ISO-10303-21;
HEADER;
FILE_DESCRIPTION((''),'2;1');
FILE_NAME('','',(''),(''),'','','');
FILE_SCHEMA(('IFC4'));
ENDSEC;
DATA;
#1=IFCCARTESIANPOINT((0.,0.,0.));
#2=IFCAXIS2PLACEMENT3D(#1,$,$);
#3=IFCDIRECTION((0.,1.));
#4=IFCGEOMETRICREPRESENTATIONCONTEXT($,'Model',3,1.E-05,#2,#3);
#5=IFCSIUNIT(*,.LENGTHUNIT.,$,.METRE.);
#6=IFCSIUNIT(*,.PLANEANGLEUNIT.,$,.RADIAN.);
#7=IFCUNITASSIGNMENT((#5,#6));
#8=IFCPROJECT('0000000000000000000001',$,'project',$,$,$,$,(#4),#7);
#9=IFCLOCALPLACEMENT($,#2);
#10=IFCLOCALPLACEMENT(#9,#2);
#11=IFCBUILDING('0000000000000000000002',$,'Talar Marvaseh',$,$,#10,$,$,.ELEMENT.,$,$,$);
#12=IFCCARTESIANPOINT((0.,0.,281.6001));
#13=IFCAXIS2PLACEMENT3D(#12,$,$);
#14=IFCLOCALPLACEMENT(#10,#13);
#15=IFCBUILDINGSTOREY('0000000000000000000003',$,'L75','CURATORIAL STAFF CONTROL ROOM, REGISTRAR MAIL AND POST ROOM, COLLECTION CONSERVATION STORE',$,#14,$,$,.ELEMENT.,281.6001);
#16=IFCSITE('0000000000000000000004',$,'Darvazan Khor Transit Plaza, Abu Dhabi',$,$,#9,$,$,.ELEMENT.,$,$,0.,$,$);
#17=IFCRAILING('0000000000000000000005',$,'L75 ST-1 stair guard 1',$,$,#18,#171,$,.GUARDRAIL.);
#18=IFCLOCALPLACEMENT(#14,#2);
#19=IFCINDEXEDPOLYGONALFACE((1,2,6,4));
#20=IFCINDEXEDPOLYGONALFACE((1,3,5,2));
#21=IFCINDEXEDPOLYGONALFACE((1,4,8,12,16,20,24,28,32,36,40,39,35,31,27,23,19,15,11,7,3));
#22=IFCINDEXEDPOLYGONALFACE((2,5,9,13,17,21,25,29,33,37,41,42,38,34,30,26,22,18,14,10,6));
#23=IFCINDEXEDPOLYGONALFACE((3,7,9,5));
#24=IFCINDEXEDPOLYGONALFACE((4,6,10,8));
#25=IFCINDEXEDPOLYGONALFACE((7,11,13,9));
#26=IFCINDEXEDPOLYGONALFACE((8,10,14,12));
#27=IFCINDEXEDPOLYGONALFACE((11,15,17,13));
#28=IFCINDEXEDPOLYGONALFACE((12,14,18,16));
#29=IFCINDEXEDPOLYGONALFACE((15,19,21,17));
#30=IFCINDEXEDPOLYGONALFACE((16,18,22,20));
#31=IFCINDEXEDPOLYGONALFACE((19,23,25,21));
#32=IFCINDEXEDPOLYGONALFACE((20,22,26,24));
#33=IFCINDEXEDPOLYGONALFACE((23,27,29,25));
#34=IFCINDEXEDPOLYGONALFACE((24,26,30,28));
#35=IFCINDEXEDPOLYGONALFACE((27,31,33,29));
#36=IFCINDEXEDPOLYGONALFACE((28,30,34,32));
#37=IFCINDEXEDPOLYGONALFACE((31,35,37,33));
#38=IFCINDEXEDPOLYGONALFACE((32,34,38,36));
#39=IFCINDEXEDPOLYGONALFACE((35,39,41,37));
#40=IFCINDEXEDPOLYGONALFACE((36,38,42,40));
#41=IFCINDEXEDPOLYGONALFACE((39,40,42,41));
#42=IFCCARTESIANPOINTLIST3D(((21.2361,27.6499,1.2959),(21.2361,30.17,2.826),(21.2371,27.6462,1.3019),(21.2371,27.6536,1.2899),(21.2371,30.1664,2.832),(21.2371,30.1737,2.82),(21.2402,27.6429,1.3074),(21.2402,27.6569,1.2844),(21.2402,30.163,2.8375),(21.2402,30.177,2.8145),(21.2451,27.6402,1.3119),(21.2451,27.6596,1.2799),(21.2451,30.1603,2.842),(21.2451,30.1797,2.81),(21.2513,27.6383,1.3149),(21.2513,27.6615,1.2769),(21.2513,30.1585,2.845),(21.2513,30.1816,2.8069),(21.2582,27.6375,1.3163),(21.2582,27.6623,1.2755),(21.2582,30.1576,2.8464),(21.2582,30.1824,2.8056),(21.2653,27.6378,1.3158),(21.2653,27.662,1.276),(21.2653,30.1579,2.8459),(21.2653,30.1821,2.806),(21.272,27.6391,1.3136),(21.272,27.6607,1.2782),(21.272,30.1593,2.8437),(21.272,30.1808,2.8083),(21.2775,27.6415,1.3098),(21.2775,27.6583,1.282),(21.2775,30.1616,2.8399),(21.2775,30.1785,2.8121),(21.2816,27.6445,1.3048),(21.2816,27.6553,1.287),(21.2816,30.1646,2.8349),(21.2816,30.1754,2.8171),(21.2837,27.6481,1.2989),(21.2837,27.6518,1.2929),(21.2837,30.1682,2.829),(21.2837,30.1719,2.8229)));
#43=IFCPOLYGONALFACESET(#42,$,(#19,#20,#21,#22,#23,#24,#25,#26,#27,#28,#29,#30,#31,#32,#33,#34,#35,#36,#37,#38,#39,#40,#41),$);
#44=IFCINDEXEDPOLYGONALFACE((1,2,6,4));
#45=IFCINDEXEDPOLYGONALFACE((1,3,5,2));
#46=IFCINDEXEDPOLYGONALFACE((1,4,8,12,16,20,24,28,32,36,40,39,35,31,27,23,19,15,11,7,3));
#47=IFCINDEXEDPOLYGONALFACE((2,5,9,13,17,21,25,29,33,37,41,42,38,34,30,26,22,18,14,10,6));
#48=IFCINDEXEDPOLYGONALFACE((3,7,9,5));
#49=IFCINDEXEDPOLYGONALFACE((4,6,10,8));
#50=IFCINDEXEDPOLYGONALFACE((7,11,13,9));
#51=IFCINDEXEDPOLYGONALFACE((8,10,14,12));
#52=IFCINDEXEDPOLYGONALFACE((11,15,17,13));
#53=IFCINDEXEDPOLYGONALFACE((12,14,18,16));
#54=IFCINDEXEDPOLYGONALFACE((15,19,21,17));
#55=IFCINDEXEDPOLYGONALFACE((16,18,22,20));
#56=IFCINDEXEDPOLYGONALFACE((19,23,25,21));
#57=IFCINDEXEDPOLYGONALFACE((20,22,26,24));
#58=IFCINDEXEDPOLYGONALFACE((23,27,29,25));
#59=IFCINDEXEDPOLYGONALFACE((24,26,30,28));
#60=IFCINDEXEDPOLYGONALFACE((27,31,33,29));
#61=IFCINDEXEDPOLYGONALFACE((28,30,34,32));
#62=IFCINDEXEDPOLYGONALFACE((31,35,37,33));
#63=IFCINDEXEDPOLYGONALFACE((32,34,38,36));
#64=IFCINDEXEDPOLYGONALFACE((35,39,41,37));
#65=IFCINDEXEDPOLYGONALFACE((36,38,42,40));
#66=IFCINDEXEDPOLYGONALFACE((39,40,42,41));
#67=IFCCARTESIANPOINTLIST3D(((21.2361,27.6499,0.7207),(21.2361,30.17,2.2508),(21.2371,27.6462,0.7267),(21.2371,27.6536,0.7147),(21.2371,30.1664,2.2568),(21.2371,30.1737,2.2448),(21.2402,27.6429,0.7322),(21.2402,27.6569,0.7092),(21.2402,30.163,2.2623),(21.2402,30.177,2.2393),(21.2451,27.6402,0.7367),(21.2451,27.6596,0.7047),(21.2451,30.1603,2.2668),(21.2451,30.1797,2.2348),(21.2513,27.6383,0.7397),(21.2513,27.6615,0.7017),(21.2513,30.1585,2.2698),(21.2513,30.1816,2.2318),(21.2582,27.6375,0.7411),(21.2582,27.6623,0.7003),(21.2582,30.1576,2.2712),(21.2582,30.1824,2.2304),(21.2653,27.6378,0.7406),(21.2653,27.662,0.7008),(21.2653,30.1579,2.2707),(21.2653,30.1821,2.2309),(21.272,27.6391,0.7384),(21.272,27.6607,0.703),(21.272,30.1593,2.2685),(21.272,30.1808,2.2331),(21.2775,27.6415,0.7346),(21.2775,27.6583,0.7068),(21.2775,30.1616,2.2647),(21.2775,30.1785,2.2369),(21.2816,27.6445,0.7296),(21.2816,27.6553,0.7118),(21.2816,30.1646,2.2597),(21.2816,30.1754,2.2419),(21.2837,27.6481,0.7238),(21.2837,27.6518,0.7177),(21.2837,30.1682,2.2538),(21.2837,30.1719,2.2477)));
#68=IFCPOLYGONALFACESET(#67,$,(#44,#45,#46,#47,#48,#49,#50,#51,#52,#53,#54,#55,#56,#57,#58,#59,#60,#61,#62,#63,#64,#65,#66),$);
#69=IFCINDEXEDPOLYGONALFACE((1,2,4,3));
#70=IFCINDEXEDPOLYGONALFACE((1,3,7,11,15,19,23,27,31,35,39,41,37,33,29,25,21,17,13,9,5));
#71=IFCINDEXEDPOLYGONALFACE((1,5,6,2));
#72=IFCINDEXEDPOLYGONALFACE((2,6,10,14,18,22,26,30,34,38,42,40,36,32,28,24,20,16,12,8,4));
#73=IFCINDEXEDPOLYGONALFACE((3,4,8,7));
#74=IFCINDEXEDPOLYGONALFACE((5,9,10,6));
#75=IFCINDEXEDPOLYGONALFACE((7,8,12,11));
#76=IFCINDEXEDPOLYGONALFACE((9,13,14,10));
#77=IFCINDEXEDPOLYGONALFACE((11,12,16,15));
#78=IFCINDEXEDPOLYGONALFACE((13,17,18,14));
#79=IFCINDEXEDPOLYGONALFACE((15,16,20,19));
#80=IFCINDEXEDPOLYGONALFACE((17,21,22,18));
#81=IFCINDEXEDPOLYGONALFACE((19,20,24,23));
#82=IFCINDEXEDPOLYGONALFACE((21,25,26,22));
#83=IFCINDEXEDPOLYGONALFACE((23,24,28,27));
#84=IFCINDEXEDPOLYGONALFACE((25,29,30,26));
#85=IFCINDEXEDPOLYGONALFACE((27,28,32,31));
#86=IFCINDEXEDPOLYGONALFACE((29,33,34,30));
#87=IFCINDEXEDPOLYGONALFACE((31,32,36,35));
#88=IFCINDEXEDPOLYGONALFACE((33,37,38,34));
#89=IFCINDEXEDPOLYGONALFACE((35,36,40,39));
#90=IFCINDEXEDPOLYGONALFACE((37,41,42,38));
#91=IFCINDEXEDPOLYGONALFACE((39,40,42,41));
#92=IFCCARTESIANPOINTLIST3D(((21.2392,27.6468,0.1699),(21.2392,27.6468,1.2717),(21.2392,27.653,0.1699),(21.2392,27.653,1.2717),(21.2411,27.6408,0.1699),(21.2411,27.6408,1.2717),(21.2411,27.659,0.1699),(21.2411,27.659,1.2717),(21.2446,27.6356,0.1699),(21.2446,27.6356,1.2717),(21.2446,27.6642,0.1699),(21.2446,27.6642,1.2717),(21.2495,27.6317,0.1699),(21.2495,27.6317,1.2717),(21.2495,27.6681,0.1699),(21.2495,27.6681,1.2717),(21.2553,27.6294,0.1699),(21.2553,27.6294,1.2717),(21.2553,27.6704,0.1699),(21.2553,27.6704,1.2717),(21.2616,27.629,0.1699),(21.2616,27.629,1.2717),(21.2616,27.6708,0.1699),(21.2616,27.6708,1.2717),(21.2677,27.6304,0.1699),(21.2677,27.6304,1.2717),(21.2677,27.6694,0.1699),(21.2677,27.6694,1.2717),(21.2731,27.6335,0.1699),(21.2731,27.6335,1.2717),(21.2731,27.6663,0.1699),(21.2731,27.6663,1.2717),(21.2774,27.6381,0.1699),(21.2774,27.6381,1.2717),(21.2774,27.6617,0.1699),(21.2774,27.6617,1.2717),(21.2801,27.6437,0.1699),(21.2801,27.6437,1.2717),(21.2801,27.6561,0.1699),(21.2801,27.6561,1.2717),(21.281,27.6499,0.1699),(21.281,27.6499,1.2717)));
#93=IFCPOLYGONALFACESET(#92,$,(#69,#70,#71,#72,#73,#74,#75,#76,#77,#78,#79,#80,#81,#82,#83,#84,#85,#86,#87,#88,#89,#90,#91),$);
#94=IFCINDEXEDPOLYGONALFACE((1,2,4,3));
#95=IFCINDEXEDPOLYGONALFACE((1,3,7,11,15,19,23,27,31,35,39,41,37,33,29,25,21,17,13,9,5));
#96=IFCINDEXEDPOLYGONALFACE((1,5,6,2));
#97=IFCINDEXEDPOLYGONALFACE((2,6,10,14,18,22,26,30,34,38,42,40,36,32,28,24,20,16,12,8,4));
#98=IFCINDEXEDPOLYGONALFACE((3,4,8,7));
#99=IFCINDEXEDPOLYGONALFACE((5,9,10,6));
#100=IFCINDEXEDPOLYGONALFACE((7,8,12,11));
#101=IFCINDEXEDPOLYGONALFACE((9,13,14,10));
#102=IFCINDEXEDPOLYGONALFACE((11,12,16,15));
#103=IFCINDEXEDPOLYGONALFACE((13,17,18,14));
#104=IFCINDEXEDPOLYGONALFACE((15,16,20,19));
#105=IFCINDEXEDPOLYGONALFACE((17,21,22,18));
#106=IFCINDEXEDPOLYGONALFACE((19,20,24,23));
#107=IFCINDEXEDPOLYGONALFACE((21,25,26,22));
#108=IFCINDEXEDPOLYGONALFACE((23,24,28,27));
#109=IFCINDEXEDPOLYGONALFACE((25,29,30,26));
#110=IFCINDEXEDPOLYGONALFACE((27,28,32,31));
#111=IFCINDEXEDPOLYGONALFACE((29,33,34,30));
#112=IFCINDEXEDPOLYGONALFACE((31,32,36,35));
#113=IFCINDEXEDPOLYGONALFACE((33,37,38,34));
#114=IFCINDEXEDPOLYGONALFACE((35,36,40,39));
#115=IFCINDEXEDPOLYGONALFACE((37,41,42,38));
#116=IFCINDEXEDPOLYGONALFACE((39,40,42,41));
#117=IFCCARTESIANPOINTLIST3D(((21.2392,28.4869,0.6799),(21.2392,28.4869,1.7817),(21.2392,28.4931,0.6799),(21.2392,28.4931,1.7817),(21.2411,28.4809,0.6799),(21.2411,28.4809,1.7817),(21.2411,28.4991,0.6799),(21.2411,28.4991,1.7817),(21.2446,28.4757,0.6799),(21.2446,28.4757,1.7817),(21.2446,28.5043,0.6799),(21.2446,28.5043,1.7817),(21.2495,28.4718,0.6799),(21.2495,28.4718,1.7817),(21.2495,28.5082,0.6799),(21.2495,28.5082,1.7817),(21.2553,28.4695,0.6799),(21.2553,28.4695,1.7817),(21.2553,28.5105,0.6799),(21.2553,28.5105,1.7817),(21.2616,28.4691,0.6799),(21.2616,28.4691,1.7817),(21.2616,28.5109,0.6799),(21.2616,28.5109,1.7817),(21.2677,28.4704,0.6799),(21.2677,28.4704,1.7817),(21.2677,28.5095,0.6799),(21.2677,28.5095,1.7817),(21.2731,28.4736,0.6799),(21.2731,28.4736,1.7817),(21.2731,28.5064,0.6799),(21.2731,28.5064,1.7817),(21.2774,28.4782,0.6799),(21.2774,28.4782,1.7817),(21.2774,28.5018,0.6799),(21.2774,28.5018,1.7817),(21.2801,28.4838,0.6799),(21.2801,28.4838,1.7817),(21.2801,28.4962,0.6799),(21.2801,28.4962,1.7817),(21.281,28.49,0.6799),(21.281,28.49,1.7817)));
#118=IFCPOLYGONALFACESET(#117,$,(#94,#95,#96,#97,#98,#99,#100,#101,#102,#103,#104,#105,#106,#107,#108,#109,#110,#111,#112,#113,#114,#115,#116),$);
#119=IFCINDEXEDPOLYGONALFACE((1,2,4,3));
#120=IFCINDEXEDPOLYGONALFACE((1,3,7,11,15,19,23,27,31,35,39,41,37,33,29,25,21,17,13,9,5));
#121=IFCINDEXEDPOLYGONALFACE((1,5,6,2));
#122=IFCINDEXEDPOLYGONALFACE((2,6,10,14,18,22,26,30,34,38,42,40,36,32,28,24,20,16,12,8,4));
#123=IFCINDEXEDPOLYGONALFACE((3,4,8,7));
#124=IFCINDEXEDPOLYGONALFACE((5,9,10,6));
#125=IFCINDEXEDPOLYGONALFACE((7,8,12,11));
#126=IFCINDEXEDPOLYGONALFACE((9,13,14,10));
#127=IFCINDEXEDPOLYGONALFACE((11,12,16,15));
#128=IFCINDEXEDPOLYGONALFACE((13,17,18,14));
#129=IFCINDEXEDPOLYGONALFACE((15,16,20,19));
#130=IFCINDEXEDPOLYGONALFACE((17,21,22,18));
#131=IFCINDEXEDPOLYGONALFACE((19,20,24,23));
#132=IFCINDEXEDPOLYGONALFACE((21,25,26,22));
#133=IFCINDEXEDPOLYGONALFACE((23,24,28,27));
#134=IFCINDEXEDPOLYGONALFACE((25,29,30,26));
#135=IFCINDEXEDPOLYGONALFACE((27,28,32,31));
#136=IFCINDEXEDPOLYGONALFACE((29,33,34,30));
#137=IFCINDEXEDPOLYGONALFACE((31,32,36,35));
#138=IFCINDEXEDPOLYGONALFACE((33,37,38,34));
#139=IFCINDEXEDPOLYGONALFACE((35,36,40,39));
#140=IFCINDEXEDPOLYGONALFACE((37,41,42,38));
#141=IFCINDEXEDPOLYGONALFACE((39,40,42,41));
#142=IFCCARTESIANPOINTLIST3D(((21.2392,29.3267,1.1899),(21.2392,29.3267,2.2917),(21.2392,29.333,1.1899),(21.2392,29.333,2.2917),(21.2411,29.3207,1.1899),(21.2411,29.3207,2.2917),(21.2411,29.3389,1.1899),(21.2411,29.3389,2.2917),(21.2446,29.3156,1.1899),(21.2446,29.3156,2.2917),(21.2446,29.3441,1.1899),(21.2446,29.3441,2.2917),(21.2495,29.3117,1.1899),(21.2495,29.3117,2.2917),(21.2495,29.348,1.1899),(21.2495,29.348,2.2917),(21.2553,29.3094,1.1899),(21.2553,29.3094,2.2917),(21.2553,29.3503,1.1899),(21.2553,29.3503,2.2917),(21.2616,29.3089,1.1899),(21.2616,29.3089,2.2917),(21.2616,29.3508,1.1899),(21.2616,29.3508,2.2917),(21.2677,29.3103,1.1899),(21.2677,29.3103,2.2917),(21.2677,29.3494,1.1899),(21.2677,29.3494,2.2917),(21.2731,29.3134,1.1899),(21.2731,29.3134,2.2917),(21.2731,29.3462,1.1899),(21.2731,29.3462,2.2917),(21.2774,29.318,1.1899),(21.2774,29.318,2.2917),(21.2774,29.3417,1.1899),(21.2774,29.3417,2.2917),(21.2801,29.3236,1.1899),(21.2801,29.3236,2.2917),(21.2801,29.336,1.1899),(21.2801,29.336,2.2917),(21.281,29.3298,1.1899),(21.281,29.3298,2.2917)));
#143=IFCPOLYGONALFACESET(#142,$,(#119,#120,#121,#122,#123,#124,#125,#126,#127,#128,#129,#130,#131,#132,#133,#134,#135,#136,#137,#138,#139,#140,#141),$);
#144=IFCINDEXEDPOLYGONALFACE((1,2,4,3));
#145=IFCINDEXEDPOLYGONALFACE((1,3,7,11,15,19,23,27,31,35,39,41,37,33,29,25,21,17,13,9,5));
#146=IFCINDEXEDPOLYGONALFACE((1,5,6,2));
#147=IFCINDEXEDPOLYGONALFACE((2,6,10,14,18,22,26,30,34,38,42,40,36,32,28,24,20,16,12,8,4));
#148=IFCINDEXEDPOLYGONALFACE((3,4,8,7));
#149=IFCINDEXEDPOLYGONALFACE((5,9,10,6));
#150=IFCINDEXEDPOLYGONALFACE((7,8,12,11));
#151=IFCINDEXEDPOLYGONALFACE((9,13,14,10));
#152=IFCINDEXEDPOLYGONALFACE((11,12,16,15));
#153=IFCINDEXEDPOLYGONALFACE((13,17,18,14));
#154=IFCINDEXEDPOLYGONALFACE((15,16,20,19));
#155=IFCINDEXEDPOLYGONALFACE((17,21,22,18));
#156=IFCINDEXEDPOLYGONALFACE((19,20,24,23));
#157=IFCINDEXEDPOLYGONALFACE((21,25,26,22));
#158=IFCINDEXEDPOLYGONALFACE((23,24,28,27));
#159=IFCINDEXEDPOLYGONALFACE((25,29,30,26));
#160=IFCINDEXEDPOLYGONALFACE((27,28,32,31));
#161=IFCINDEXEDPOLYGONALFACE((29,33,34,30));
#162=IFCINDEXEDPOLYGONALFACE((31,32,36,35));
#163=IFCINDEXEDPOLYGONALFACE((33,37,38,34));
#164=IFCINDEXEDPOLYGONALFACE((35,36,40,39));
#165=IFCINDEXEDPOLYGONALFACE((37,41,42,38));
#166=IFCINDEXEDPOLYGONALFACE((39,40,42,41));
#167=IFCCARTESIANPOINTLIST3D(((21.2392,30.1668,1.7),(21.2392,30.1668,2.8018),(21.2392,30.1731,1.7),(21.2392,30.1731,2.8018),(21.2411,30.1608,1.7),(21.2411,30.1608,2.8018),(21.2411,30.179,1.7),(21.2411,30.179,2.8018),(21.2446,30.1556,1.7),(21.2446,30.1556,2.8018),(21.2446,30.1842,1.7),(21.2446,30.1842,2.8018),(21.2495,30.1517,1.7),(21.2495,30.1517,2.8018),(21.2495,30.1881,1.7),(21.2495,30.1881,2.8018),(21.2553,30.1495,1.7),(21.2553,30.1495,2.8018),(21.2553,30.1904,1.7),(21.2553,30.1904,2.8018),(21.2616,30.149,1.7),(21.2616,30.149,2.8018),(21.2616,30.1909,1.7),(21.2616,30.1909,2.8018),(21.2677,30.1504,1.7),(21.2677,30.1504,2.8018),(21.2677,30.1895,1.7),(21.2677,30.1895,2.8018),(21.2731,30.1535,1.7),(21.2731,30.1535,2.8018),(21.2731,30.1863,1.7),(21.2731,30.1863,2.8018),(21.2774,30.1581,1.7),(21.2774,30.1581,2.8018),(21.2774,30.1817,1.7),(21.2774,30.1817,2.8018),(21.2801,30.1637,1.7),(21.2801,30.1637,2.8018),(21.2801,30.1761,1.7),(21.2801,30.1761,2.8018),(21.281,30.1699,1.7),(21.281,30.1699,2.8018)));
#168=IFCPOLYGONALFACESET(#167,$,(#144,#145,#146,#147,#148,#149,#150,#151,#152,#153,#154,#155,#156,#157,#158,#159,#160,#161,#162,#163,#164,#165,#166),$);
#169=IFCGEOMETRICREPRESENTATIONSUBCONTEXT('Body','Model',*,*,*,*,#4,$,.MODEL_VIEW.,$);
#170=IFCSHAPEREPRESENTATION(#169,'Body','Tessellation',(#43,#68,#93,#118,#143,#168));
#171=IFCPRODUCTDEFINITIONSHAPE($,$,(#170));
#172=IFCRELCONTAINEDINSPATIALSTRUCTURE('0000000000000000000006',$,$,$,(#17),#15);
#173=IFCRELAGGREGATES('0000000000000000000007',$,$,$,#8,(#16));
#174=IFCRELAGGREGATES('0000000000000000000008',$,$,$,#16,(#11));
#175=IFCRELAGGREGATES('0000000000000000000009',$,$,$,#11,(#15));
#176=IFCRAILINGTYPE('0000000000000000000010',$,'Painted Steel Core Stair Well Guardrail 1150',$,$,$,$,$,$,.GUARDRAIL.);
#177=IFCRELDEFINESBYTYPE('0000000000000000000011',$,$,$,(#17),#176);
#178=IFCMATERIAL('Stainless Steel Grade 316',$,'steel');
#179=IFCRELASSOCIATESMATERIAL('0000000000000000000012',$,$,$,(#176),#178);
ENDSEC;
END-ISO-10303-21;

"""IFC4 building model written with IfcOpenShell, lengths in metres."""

from ifc_helpers import new_model, si_unit, direction, frame, origin, origin_2d, place, context, subcontext, project, spatial, circle, extrude, material, type_object, element, save


model = new_model("IFC4")

# Units and contexts
model_context = context("Model", 3, precision=1e-05, world=origin(), true_north=direction((0.0, 1.0)))
body_context = subcontext(model_context, "Body", "Model", "MODEL_VIEW")
ifc_project = project(units=[si_unit("LENGTHUNIT", "METRE"), si_unit("PLANEANGLEUNIT", "RADIAN")], contexts=[model_context])

# Site, building, storey
site_placement = place(None, origin())
site = spatial("IfcSite", under=ifc_project, at=site_placement, Name="Darvazan Khor Transit Plaza, Abu Dhabi", CompositionType="ELEMENT", RefElevation=0.0)
building_placement = place(site_placement, origin())
building = spatial("IfcBuilding", under=site, at=building_placement, Name="Talar Marvaseh", CompositionType="ELEMENT")
storey_placement = place(building_placement, frame((0.0, 0.0, 281.6001)))
storey = spatial("IfcBuildingStorey", under=building, at=storey_placement, Name="L75", Description="CURATORIAL STAFF CONTROL ROOM, REGISTRAR MAIL AND POST ROOM, COLLECTION CONSERVATION STORE", CompositionType="ELEMENT", Elevation=281.6001)

# Railing
ifc_material_1 = material(Name="Stainless Steel Grade 316", Category="steel")
railing_type_1 = type_object("IfcRailingType", Name="Painted Steel Core Stair Well Guardrail 1150", PredefinedType="GUARDRAIL", material=ifc_material_1)
railing_1_placement = place(storey_placement, frame((21.26, 27.6499, 0.1699)))
element("IfcRailing", 1, at=railing_1_placement, inside=storey, type_object=railing_type_1, Name="L75 ST-1 stair guard 1", PredefinedType="GUARDRAIL", context=body_context, shape_type="SweptSolid", body=[
    extrude(circle(Radius=0.0239, at=origin_2d()), frame((0.0, 0.0, 1.126), z_axis=(0.0, 0.854785, 0.518982), x_axis=(-1.0, 0.0, 0.0)), (0.0, 0.0, 1.0), 2.9482),
    extrude(circle(Radius=0.0239, at=origin_2d()), frame((0.0, 0.0, 0.5508), z_axis=(0.0, 0.854785, 0.518982), x_axis=(-1.0, 0.0, 0.0)), (0.0, 0.0, 1.0), 2.9482),
    extrude(circle(Radius=0.021, at=origin_2d()), origin(), (0.0, 0.0, 1.0), 1.1018),
    extrude(circle(Radius=0.021, at=origin_2d()), frame((0.0, 0.8401, 0.51)), (0.0, 0.0, 1.0), 1.1018),
    extrude(circle(Radius=0.021, at=origin_2d()), frame((0.0, 1.6799, 1.02)), (0.0, 0.0, 1.0), 1.1018),
    extrude(circle(Radius=0.021, at=origin_2d()), frame((0.0, 2.52, 1.53)), (0.0, 0.0, 1.0), 1.1018),
])

save(model, "model.ifc")
